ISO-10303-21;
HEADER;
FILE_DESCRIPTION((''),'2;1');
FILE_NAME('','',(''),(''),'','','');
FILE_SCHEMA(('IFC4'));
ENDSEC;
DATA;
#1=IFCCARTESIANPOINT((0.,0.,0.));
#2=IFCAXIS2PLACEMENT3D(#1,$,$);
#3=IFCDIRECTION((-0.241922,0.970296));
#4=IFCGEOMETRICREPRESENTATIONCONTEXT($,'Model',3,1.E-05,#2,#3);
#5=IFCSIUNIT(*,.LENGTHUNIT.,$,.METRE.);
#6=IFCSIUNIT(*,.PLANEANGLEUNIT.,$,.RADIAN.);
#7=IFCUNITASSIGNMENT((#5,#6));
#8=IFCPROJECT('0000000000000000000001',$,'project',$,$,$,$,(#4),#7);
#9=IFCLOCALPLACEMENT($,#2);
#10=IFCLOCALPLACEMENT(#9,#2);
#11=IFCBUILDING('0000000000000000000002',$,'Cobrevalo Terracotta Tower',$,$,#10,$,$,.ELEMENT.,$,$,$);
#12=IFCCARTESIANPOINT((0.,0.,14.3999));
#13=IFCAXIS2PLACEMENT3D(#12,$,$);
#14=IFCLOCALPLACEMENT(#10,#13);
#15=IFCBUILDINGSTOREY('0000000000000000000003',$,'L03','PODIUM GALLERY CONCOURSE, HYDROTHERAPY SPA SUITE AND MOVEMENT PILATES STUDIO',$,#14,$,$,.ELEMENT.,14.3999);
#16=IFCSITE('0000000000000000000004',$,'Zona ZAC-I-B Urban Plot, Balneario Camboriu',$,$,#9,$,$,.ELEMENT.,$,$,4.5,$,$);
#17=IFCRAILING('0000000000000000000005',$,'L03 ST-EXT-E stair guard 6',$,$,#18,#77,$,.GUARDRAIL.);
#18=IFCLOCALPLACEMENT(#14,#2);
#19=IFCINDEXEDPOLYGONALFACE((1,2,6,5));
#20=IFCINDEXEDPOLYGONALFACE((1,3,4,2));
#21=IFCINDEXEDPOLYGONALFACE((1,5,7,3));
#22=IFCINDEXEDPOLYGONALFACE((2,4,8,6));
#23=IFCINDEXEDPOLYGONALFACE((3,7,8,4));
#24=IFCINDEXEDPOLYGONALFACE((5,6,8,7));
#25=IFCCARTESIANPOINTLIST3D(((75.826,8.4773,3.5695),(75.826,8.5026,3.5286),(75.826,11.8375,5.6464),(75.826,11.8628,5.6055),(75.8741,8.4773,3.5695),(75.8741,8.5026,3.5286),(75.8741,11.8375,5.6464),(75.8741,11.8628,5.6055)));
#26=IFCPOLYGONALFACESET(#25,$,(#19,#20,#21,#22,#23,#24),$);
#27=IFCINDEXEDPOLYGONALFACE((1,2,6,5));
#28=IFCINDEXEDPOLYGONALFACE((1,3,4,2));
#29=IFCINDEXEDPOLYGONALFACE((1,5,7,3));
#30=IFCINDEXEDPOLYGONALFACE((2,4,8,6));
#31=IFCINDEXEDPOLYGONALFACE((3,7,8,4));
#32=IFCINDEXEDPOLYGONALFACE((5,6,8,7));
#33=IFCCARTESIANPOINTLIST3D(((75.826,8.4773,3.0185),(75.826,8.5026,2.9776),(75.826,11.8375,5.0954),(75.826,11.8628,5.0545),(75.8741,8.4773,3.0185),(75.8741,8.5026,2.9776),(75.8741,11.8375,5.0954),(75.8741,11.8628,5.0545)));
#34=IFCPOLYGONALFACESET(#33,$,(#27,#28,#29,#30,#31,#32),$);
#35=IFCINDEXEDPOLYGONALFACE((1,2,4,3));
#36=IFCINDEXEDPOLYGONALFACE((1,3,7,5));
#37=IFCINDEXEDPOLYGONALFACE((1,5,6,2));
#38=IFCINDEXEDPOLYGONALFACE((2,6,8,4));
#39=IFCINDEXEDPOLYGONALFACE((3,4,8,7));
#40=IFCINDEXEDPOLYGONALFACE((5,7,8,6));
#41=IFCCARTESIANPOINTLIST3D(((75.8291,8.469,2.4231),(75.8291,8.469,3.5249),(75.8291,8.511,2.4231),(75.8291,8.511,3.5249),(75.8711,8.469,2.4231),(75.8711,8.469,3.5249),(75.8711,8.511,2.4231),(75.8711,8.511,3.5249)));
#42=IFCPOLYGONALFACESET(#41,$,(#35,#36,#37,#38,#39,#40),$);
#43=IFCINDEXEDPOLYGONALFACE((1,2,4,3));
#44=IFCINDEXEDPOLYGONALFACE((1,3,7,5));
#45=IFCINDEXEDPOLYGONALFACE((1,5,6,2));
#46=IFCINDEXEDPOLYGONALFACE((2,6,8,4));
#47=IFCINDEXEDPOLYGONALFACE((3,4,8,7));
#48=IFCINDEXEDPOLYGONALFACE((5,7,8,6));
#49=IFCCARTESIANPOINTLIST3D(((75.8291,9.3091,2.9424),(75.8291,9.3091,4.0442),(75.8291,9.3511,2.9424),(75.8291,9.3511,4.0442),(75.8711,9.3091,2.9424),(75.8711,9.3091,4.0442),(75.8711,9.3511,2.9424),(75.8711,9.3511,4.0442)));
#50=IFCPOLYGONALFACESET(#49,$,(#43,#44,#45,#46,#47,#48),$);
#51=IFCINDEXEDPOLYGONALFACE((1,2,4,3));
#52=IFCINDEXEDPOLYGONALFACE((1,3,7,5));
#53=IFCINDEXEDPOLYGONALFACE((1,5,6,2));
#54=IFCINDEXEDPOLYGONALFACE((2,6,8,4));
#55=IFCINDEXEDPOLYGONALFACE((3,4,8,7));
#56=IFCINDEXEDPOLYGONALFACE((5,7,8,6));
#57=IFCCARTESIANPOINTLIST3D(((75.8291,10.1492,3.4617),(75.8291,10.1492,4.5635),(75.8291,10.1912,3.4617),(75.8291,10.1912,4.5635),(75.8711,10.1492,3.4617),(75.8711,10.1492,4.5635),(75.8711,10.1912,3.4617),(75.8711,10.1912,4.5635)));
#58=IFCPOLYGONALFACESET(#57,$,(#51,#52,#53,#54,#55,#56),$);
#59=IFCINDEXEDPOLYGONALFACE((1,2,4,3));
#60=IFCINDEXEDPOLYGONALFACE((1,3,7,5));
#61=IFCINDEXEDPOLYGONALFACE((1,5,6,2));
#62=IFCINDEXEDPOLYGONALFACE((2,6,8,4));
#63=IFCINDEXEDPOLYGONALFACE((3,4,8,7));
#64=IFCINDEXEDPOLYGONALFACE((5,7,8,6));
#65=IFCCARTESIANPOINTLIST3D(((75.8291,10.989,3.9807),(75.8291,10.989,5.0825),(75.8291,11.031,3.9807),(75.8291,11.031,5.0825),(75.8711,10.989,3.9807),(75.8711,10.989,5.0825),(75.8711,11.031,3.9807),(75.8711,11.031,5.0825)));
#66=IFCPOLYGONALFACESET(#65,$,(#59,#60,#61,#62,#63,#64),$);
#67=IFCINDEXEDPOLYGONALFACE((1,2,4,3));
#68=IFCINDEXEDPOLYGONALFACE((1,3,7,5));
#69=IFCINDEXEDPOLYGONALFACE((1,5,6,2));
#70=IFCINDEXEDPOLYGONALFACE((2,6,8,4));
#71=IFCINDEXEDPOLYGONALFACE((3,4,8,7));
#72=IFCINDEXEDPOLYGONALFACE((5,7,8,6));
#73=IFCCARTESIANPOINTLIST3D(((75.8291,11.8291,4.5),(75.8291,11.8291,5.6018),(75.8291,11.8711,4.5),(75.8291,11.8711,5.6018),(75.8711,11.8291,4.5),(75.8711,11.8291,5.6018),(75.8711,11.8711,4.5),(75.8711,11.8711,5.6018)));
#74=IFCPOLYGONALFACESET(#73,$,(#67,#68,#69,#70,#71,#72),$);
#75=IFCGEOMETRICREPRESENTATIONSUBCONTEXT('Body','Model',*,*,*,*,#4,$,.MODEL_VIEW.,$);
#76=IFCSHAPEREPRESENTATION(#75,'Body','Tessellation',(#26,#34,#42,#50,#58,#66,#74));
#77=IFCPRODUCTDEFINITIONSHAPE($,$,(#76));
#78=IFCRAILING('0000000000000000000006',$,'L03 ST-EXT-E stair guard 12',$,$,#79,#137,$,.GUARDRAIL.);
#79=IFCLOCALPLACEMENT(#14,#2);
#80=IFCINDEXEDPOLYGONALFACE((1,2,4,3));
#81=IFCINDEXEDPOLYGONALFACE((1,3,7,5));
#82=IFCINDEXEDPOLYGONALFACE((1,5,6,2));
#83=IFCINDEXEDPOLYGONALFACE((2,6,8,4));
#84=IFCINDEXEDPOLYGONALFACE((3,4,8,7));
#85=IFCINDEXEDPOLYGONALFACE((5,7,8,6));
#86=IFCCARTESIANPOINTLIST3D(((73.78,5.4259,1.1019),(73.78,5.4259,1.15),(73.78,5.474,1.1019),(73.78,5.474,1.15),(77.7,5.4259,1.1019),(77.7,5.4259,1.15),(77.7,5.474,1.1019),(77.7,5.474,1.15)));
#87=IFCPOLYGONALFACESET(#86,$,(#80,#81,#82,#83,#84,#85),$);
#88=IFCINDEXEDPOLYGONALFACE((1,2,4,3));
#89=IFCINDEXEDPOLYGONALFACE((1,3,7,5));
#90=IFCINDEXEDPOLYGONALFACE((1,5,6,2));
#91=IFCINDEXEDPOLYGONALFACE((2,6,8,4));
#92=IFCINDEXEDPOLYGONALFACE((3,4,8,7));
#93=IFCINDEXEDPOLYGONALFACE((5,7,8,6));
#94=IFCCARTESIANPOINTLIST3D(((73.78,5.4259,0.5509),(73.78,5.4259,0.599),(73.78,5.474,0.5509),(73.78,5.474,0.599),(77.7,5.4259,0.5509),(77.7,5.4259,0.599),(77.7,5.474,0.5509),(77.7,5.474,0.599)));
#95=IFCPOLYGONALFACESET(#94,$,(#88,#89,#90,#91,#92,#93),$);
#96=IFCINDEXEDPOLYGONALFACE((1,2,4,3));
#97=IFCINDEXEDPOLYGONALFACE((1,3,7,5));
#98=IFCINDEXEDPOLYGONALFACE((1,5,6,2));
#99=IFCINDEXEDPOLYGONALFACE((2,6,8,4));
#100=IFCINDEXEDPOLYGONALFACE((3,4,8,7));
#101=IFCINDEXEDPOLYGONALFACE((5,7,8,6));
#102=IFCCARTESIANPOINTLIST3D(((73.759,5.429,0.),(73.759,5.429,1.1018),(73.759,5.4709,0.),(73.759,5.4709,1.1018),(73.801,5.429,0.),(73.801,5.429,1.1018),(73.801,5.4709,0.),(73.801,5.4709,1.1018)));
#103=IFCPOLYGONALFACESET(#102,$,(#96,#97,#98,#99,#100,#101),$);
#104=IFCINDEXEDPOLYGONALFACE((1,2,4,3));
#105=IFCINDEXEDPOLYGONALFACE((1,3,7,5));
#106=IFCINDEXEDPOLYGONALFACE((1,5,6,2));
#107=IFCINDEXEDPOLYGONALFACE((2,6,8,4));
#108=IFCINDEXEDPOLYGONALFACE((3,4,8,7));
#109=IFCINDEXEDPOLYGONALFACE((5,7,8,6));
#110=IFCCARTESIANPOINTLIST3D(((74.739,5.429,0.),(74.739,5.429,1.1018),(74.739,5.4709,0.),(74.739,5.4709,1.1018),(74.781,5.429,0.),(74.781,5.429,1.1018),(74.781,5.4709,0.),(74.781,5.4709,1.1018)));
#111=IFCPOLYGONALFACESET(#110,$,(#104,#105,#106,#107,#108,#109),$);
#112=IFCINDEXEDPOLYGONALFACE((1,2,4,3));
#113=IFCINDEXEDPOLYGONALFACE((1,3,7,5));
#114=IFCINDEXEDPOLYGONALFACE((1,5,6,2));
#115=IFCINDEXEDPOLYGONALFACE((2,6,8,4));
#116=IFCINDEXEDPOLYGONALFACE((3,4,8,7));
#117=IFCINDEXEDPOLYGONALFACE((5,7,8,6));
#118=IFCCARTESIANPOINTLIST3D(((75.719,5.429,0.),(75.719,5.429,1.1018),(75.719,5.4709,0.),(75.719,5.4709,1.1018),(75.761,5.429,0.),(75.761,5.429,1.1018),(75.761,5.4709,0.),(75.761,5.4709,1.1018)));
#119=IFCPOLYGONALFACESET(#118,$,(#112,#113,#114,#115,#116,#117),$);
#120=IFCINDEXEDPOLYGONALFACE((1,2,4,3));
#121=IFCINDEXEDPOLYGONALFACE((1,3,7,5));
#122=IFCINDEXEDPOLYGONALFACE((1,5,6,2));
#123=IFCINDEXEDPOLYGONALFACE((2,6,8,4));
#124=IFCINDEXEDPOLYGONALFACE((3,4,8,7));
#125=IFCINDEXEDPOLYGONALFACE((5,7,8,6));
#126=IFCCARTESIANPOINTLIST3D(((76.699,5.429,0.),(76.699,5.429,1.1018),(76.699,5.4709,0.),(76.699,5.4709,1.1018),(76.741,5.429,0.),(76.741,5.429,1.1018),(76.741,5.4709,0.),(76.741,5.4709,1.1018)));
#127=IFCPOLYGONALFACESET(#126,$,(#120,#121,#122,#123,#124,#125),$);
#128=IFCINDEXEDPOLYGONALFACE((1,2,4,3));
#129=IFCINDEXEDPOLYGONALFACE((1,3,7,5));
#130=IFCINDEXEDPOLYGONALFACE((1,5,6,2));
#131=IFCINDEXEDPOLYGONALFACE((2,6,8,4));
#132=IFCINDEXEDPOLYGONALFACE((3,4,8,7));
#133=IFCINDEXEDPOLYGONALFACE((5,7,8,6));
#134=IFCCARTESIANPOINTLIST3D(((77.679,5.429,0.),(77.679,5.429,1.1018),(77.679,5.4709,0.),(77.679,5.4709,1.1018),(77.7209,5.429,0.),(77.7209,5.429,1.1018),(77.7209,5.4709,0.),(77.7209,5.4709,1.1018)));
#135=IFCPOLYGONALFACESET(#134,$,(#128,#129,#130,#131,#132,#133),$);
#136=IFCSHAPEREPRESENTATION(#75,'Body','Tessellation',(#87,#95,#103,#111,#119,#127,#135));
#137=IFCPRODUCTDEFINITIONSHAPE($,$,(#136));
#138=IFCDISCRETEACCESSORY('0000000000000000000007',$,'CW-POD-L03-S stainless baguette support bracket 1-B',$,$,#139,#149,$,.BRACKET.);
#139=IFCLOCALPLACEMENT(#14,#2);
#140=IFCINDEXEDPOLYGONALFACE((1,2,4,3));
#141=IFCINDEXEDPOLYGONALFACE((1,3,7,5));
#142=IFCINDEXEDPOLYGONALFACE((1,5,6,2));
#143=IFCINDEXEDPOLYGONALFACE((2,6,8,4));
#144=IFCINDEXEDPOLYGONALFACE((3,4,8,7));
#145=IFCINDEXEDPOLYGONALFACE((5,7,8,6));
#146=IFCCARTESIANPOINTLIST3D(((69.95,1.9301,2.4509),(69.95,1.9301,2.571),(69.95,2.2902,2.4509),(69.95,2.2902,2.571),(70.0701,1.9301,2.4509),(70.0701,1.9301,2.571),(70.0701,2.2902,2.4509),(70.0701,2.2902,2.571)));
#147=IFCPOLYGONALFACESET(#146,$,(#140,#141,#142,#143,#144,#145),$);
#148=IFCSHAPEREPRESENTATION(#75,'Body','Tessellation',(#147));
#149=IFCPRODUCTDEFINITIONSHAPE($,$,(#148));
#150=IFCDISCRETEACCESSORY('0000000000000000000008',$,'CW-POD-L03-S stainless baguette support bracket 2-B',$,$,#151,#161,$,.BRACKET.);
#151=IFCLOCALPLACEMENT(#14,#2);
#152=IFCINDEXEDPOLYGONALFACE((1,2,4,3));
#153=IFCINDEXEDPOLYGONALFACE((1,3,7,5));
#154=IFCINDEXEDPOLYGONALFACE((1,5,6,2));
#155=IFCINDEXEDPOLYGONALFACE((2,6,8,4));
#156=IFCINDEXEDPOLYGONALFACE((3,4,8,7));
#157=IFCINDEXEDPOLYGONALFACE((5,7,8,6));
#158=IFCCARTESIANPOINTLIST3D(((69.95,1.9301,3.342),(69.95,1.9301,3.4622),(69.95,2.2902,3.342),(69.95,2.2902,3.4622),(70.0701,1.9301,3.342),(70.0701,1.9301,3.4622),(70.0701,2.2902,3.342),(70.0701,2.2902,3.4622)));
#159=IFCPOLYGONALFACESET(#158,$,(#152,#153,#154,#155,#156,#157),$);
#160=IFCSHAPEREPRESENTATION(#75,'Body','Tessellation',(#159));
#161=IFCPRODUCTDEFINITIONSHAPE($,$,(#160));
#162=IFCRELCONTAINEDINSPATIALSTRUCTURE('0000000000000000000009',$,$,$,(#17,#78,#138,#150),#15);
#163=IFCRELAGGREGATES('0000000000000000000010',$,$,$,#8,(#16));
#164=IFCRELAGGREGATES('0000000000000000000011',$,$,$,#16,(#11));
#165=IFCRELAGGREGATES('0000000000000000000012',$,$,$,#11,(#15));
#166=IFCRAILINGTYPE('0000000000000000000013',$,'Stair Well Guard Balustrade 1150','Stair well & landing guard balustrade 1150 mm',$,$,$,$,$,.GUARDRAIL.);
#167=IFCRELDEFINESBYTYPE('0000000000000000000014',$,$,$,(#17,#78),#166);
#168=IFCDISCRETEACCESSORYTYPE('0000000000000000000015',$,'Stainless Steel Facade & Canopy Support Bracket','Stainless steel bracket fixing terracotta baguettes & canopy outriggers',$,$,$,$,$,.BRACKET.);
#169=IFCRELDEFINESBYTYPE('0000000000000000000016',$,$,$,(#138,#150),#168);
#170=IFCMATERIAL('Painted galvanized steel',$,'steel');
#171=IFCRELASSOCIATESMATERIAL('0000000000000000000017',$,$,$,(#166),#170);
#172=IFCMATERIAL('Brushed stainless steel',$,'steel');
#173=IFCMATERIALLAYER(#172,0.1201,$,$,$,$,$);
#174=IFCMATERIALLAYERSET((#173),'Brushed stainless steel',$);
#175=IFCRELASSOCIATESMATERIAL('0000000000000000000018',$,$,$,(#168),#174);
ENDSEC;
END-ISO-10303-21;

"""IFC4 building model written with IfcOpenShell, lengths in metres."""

from ifc_helpers import new_model, si_unit, direction, frame, origin, origin_2d, place, context, subcontext, project, spatial, rectangle, extrude, source, transform, mapped, material, layer, layer_set, type_object, element, save


model = new_model("IFC4")

# Units and contexts
model_context = context("Model", 3, precision=1e-05, world=origin(), true_north=direction((-0.241922, 0.970296)))
body_context = subcontext(model_context, "Body", "Model", "MODEL_VIEW")
ifc_project = project(units=[si_unit("LENGTHUNIT", "METRE"), si_unit("PLANEANGLEUNIT", "RADIAN")], contexts=[model_context])

# Site, building, storey
site_placement = place(None, origin())
site = spatial("IfcSite", under=ifc_project, at=site_placement, Name="Zona ZAC-I-B Urban Plot, Balneario Camboriu", CompositionType="ELEMENT", RefElevation=4.5)
building_placement = place(site_placement, origin())
building = spatial("IfcBuilding", under=site, at=building_placement, Name="Cobrevalo Terracotta Tower", CompositionType="ELEMENT")
storey_placement = place(building_placement, frame((0.0, 0.0, 14.3999)))
storey = spatial("IfcBuildingStorey", under=building, at=storey_placement, Name="L03", Description="PODIUM GALLERY CONCOURSE, HYDROTHERAPY SPA SUITE AND MOVEMENT PILATES STUDIO", CompositionType="ELEMENT", Elevation=14.3999)

# Railings
ifc_material_1 = material(Name="Painted galvanized steel", Category="steel")
railing_type = type_object("IfcRailingType", Name="Stair Well Guard Balustrade 1150", Description="Stair well & landing guard balustrade 1150 mm", PredefinedType="GUARDRAIL", material=ifc_material_1)
railing_1_placement = place(storey_placement, frame((75.8501, 8.49, 2.4231)))
element("IfcRailing", 1, at=railing_1_placement, inside=storey, type_object=railing_type, Name="L03 ST-EXT-E stair guard 6", PredefinedType="GUARDRAIL", context=body_context, shape_type="SweptSolid", body=[
    extrude(rectangle(XDim=0.0481, YDim=0.0481, at=origin_2d()), frame((0.0, 0.0, 1.126), z_axis=(0.0, 0.850623, 0.525776), x_axis=(-1.0, 0.0, 0.0)), (0.0, 0.0, 1.0), 3.9502),
    extrude(rectangle(XDim=0.0481, YDim=0.0481, at=origin_2d()), frame((0.0, 0.0, 0.575), z_axis=(0.0, 0.850623, 0.525776), x_axis=(-1.0, 0.0, 0.0)), (0.0, 0.0, 1.0), 3.9502),
    extrude(rectangle(XDim=0.042, YDim=0.042, at=origin_2d()), origin(), (0.0, 0.0, 1.0), 1.1018),
    extrude(rectangle(XDim=0.042, YDim=0.042, at=origin_2d()), frame((0.0, 0.8401, 0.5193)), (0.0, 0.0, 1.0), 1.1018),
    extrude(rectangle(XDim=0.042, YDim=0.042, at=origin_2d()), frame((0.0, 1.6802, 1.0386)), (0.0, 0.0, 1.0), 1.1018),
    extrude(rectangle(XDim=0.042, YDim=0.042, at=origin_2d()), frame((0.0, 2.52, 1.5576)), (0.0, 0.0, 1.0), 1.1018),
    extrude(rectangle(XDim=0.042, YDim=0.042, at=origin_2d()), frame((0.0, 3.3601, 2.0769)), (0.0, 0.0, 1.0), 1.1018),
])
railing_2_placement = place(storey_placement, frame((73.78, 5.45, 0.0)))
element("IfcRailing", 2, at=railing_2_placement, inside=storey, type_object=railing_type, Name="L03 ST-EXT-E stair guard 12", PredefinedType="GUARDRAIL", context=body_context, shape_type="SweptSolid", body=[
    extrude(rectangle(XDim=0.0481, YDim=0.0481, at=origin_2d()), frame((0.0, 0.0, 1.126), z_axis=(1.0, 0.0, 0.0), x_axis=(0.0, 1.0, 0.0)), (0.0, 0.0, 1.0), 3.9199),
    extrude(rectangle(XDim=0.0481, YDim=0.0481, at=origin_2d()), frame((0.0, 0.0, 0.575), z_axis=(1.0, 0.0, 0.0), x_axis=(0.0, 1.0, 0.0)), (0.0, 0.0, 1.0), 3.9199),
    extrude(rectangle(XDim=0.042, YDim=0.042, at=origin_2d()), origin(), (0.0, 0.0, 1.0), 1.1018),
    extrude(rectangle(XDim=0.042, YDim=0.042, at=origin_2d()), frame((0.98, 0.0, 0.0)), (0.0, 0.0, 1.0), 1.1018),
    extrude(rectangle(XDim=0.042, YDim=0.042, at=origin_2d()), frame((1.96, 0.0, 0.0)), (0.0, 0.0, 1.0), 1.1018),
    extrude(rectangle(XDim=0.042, YDim=0.042, at=origin_2d()), frame((2.9399, 0.0, 0.0)), (0.0, 0.0, 1.0), 1.1018),
    extrude(rectangle(XDim=0.042, YDim=0.042, at=origin_2d()), frame((3.9199, 0.0, 0.0)), (0.0, 0.0, 1.0), 1.1018),
])

# Discrete accessories
ifc_material_2 = material(Name="Brushed stainless steel", Category="steel")
ifc_layer_1 = layer(ifc_material_2, 0.1201)
ifc_layer_set_1 = layer_set([ifc_layer_1], Name="Brushed stainless steel")
discrete_accessory_type = type_object("IfcDiscreteAccessoryType", Name="Stainless Steel Facade & Canopy Support Bracket", Description="Stainless steel bracket fixing terracotta baguettes & canopy outriggers", PredefinedType="BRACKET", material=ifc_layer_set_1)
shared_shape_1 = source(origin(), body_context, "Body", "SweptSolid", [
    extrude(rectangle(XDim=0.1201, YDim=0.3601, at=origin_2d()), origin(), (0.0, 0.0, 1.0), 0.1201),
])
for number, where, z_axis, x_axis, name in (
    (3, (70.01, 2.1101, 2.4509), (0.0, 0.0, 1.0), (1.0, 0.0, 0.0), "CW-POD-L03-S stainless baguette support bracket 1-B"),
    (4, (70.01, 2.1101, 3.342), (0.0, 0.0, 1.0), (1.0, 0.0, 0.0), "CW-POD-L03-S stainless baguette support bracket 2-B"),
):
    element("IfcDiscreteAccessory", number, at=place(storey_placement, frame(where, z_axis=z_axis, x_axis=x_axis)), inside=storey, type_object=discrete_accessory_type, Name=name, PredefinedType="BRACKET", context=body_context, shape_type="MappedRepresentation", body=[
        mapped(shared_shape_1, transform((0.0, 0.0, 0.0), scale=1.0)),
    ])

save(model, "model.ifc")
